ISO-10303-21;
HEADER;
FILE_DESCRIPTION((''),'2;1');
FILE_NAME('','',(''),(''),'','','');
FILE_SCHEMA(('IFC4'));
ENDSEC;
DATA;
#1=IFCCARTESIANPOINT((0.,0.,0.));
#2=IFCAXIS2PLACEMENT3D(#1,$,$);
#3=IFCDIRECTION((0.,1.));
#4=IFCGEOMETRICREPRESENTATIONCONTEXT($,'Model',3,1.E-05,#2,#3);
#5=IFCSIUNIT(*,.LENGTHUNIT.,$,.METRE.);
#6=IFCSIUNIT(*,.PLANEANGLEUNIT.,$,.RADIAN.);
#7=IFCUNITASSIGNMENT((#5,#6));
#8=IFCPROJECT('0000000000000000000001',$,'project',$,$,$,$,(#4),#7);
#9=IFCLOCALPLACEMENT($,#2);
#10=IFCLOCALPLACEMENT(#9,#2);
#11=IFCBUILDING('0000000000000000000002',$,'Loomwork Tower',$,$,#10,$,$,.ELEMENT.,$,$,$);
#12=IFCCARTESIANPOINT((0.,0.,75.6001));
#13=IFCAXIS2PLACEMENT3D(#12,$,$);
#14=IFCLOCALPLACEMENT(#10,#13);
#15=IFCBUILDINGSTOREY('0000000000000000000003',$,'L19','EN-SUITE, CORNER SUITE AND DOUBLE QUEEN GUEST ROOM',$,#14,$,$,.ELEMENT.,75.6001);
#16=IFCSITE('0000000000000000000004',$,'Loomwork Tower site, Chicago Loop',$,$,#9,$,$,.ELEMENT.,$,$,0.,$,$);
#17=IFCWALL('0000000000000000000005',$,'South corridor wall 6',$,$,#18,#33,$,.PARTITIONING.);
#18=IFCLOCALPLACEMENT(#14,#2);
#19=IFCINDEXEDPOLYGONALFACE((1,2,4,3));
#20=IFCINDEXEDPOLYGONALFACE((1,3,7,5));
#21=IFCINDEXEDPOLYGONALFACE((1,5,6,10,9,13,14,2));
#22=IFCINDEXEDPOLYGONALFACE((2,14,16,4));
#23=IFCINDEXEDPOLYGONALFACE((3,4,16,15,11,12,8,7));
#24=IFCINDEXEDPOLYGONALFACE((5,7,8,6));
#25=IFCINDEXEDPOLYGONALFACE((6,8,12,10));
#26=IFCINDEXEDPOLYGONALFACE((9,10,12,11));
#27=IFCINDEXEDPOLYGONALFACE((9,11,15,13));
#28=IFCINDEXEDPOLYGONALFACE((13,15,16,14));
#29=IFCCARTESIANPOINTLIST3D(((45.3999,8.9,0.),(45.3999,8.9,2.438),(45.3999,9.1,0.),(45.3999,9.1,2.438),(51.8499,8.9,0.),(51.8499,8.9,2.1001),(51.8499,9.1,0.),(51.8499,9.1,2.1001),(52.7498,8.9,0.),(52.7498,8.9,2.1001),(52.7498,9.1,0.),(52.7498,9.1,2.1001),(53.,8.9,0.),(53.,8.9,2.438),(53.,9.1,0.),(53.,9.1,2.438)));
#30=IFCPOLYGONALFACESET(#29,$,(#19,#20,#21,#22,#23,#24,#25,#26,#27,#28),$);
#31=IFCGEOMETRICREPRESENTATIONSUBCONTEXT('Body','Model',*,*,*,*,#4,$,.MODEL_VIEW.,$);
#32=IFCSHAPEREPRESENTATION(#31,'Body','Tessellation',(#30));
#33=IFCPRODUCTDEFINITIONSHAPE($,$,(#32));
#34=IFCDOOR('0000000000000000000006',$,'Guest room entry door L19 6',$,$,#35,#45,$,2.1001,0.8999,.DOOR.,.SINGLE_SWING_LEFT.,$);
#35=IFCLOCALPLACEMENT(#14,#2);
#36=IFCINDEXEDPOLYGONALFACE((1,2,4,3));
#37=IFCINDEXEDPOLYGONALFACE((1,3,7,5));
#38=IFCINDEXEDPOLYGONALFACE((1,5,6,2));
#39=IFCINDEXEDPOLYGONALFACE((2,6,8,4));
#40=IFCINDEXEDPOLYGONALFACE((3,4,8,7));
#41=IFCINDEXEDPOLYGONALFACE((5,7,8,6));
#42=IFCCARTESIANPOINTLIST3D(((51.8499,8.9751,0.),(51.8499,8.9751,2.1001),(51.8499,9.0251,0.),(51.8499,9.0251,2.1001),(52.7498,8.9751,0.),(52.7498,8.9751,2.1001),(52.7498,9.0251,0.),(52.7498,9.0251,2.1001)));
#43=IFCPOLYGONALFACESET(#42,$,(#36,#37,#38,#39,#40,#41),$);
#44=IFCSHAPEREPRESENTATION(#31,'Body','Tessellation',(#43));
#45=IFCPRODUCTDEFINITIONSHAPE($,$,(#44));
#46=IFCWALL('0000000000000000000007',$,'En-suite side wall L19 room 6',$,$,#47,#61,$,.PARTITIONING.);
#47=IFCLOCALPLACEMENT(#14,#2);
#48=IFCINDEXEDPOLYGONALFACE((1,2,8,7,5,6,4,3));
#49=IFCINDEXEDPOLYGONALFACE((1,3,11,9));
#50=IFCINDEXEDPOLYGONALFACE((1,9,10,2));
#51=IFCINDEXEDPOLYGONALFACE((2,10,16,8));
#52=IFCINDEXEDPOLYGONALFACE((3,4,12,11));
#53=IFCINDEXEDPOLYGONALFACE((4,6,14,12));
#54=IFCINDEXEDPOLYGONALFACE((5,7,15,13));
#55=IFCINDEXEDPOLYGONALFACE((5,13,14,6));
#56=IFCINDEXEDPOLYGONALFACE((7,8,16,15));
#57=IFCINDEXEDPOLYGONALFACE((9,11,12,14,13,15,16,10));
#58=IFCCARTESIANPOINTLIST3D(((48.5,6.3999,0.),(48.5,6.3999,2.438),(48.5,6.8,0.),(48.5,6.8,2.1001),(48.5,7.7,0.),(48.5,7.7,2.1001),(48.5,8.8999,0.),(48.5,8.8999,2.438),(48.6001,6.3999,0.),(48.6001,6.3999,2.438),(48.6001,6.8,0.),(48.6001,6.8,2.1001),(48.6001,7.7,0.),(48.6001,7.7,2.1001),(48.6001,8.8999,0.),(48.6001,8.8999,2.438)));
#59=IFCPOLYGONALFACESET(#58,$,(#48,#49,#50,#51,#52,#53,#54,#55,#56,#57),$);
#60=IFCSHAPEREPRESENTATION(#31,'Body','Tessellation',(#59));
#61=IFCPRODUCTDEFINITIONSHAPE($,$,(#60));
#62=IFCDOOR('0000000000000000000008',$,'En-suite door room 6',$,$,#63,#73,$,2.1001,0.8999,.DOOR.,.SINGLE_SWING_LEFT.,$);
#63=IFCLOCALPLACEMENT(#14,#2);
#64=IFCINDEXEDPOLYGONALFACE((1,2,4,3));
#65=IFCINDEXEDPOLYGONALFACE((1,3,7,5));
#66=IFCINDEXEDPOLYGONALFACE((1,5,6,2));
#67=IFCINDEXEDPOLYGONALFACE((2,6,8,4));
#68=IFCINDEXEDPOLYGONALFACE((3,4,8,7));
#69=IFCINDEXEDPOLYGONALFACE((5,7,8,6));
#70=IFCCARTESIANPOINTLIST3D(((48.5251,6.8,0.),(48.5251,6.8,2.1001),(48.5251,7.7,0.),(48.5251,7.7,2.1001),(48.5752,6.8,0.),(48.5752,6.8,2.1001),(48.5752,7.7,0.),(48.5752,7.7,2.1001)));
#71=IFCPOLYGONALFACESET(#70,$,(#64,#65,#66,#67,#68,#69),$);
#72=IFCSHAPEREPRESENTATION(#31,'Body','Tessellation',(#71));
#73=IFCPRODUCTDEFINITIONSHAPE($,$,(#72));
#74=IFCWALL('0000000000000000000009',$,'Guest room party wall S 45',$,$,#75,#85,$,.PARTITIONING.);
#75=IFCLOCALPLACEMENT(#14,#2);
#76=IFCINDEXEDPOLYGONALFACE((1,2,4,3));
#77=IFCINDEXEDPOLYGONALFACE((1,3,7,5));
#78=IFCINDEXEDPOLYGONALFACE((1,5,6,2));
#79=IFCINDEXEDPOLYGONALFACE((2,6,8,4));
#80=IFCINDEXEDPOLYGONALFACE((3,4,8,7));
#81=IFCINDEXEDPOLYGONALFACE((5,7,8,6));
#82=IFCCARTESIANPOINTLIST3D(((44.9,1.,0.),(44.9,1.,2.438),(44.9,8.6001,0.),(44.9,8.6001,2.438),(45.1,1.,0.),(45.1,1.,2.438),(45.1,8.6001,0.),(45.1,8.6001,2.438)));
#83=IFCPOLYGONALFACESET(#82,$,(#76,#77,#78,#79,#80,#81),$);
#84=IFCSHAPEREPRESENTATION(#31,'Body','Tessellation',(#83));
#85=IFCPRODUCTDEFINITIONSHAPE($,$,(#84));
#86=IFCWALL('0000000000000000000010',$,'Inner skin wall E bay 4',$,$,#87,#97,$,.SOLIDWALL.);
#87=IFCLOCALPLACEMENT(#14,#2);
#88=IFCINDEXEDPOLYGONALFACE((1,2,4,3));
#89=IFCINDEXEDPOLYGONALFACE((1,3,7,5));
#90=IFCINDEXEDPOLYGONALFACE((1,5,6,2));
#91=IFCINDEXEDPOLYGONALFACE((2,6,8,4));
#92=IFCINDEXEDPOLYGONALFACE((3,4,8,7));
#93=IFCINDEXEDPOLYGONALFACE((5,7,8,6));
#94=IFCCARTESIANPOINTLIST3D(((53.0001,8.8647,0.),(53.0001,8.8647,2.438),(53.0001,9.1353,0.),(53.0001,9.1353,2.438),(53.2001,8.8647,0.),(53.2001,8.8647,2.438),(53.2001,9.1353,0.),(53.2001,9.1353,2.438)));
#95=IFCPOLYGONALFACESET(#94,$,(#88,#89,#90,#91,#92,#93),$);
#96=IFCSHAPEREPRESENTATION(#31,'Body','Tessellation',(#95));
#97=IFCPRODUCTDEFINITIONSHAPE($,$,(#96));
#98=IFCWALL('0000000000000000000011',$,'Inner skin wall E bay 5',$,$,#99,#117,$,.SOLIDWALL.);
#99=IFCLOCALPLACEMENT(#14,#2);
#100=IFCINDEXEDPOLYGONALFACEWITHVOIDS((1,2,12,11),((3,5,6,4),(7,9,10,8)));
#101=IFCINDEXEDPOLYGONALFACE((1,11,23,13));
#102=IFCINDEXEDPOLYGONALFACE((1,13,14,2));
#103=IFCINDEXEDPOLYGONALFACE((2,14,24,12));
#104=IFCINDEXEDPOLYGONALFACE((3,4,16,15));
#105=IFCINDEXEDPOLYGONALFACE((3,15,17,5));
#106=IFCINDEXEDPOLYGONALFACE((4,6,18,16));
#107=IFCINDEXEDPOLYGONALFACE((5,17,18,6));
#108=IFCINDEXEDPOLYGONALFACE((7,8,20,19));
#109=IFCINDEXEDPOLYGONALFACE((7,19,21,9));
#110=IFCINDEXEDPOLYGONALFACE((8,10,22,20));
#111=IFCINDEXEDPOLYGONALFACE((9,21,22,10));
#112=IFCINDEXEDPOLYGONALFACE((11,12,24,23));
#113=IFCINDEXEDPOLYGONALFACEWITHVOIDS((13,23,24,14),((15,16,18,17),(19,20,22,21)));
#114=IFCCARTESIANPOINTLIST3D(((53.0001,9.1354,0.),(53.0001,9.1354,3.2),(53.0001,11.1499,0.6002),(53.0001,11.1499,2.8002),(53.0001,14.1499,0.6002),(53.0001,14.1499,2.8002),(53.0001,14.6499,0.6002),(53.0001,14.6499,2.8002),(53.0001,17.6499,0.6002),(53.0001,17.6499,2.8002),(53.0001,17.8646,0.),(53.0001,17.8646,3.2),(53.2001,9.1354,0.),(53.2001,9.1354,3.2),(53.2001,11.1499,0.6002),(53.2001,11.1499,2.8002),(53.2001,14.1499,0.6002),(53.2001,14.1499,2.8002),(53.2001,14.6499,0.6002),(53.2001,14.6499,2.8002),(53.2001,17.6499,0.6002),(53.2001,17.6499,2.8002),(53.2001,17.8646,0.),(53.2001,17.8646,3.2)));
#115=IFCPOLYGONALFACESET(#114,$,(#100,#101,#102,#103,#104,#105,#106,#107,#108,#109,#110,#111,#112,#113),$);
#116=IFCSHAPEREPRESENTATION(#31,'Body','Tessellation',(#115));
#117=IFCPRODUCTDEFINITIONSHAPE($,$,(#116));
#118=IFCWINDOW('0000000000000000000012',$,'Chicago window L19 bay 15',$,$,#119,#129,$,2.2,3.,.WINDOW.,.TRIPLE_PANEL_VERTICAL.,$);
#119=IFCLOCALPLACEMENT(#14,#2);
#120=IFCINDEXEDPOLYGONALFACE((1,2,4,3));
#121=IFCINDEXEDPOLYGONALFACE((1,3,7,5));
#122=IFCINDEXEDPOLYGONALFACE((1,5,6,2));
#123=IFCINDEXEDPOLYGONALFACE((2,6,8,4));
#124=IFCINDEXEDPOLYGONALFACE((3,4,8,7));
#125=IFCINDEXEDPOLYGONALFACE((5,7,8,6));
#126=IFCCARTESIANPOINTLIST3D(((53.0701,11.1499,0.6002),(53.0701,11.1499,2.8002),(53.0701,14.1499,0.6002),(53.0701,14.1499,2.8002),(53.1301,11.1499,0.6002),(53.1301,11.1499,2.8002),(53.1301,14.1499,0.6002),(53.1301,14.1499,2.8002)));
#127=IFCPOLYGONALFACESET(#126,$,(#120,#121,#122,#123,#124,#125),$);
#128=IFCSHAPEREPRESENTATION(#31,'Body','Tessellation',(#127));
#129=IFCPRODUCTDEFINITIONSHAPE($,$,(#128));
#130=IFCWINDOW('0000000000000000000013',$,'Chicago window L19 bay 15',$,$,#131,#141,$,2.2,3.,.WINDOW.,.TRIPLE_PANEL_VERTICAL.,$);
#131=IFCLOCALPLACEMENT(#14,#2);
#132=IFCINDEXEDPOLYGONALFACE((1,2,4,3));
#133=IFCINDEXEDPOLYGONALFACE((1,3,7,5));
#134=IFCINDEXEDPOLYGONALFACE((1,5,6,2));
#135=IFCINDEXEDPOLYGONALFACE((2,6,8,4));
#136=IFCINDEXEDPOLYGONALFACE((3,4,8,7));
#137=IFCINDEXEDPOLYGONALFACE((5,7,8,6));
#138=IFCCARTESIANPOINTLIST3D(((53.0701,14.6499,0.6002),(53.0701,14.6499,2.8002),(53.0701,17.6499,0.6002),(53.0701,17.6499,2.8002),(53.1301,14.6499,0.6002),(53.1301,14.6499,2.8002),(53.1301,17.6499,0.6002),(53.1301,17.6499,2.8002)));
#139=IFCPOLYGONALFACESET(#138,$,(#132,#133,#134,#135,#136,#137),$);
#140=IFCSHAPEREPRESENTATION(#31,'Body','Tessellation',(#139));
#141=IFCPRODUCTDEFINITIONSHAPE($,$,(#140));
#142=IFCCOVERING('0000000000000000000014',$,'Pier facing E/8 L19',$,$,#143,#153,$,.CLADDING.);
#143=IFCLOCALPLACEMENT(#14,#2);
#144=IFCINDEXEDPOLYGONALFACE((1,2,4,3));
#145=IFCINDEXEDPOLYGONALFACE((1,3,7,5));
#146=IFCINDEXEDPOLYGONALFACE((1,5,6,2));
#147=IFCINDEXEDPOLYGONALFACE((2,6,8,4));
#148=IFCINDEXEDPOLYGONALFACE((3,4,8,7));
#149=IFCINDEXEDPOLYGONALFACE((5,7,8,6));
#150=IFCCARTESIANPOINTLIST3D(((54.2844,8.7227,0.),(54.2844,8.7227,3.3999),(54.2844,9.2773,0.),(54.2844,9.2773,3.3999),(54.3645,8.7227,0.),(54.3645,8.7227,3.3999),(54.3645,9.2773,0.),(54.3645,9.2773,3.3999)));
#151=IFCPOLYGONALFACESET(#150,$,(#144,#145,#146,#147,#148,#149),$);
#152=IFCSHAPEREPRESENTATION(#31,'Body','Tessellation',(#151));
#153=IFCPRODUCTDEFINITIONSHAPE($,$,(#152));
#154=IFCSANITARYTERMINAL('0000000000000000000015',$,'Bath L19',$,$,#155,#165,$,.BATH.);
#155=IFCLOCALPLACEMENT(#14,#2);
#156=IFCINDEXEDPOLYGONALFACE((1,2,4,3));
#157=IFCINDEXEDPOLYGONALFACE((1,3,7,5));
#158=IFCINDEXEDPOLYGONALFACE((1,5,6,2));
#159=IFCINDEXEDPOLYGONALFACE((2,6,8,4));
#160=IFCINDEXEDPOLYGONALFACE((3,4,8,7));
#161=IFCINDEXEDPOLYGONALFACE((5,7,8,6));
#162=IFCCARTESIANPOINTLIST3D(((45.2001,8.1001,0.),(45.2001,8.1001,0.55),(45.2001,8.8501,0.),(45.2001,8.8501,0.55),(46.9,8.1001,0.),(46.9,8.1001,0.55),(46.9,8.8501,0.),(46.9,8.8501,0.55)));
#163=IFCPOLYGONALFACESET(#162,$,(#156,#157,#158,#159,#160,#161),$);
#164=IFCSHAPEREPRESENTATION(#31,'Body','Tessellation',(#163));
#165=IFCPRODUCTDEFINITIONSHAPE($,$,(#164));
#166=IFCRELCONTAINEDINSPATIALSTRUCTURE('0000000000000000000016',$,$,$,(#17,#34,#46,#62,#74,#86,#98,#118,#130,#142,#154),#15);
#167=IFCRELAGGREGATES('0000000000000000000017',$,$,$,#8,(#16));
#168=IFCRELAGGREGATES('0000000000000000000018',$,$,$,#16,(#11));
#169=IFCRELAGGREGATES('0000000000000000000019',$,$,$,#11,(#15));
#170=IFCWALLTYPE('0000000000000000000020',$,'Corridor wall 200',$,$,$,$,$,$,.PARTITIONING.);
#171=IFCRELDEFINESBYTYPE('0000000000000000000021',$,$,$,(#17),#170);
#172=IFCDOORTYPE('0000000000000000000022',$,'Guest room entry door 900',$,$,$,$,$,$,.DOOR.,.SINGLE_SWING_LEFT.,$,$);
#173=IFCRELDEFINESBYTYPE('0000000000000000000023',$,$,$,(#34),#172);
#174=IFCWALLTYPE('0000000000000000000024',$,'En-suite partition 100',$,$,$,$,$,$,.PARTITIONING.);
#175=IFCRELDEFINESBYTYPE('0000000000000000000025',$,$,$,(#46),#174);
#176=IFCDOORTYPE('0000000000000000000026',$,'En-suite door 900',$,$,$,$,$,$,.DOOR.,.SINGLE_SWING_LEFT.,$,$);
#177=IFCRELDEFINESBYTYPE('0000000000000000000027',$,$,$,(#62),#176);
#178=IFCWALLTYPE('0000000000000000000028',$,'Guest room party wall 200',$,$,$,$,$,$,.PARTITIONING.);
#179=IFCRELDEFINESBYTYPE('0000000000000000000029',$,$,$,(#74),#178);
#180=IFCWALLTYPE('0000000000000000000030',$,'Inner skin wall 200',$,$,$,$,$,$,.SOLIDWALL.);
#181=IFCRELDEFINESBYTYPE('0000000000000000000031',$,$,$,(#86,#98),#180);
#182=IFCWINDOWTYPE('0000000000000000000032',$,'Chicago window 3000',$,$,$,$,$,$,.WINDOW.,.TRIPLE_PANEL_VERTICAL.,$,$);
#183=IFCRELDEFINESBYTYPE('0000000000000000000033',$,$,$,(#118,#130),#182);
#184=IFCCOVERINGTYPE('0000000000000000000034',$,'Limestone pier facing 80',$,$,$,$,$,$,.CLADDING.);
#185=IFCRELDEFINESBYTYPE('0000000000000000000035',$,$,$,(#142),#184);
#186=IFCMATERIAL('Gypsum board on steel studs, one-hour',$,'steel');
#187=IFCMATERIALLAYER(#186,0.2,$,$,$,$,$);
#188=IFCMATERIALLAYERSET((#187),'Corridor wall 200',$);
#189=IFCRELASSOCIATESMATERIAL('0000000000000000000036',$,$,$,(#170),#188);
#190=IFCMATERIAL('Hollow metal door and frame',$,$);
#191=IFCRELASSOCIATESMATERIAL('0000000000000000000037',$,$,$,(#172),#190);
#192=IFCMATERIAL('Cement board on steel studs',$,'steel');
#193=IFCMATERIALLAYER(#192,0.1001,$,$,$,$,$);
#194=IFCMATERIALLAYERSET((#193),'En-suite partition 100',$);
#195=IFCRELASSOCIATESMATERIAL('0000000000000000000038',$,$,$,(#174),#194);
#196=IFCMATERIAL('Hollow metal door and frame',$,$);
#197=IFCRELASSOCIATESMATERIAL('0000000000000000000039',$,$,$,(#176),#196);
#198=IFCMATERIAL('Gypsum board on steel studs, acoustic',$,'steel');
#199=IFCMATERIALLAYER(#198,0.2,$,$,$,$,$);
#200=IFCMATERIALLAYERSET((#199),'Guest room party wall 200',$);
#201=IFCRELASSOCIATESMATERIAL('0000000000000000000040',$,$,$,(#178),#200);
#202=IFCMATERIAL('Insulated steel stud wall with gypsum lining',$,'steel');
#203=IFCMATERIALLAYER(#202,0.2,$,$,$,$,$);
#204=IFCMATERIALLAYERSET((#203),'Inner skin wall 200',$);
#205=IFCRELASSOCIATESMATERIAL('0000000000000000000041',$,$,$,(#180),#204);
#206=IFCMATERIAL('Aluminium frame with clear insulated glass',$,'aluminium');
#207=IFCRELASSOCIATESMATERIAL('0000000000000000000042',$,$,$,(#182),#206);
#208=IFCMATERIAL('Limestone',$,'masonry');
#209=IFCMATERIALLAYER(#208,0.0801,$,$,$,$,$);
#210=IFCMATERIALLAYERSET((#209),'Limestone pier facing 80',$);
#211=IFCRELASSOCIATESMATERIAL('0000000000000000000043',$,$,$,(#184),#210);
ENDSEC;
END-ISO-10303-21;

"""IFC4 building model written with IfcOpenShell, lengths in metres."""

from ifc_helpers import new_model, si_unit, direction, frame, frame_2d, origin, origin_2d, place, context, subcontext, project, spatial, rectangle, extrude, material, layer, layer_set, type_object, element, fill, save


model = new_model("IFC4")

# Units and contexts
model_context = context("Model", 3, precision=1e-05, world=origin(), true_north=direction((0.0, 1.0)))
body_context = subcontext(model_context, "Body", "Model", "MODEL_VIEW")
ifc_project = project(units=[si_unit("LENGTHUNIT", "METRE"), si_unit("PLANEANGLEUNIT", "RADIAN")], contexts=[model_context])

# Site, building, storey
site_placement = place(None, origin())
site = spatial("IfcSite", under=ifc_project, at=site_placement, Name="Loomwork Tower site, Chicago Loop", CompositionType="ELEMENT", RefElevation=0.0)
building_placement = place(site_placement, origin())
building = spatial("IfcBuilding", under=site, at=building_placement, Name="Loomwork Tower", CompositionType="ELEMENT")
storey_placement = place(building_placement, frame((0.0, 0.0, 75.6001)))
storey = spatial("IfcBuildingStorey", under=building, at=storey_placement, Name="L19", Description="EN-SUITE, CORNER SUITE AND DOUBLE QUEEN GUEST ROOM", CompositionType="ELEMENT", Elevation=75.6001)

# Walls, openings, doors
ifc_material_1 = material(Name="Gypsum board on steel studs, one-hour", Category="steel")
ifc_layer_1 = layer(ifc_material_1, 0.2)
ifc_layer_set_1 = layer_set([ifc_layer_1], Name="Corridor wall 200")
wall_type_1 = type_object("IfcWallType", Name="Corridor wall 200", PredefinedType="PARTITIONING", material=ifc_layer_set_1)
wall_1_placement = place(storey_placement, frame((45.3999, 9.0, 0.0), z_axis=(0.0, 0.0, 1.0), x_axis=(1.0, 0.0, 0.0)))
wall_1 = element("IfcWall", 1, at=wall_1_placement, inside=storey, type_object=wall_type_1, Name="South corridor wall 6", PredefinedType="PARTITIONING", context=body_context, shape_type="SweptSolid", body=[
    extrude(rectangle(XDim=7.6001, YDim=0.2, at=frame_2d((3.8, 0.0))), origin(), (0.0, 0.0, 1.0), 2.438),
])
opening_1_placement = place(wall_1_placement, frame((6.45, 0.0, 0.0)))
opening_1 = element("IfcOpeningElement", 2, at=opening_1_placement, cuts=wall_1, PredefinedType="OPENING", context=body_context, shape_type="SweptSolid", body=[
    extrude(rectangle(XDim=0.8999, YDim=2.1001, at=frame_2d((0.45, 1.05))), frame((0.0, 0.1099, 0.0), z_axis=(0.0, -1.0, 0.0), x_axis=(1.0, 0.0, 0.0)), (0.0, 0.0, 1.0), 0.22),
])
ifc_material_2 = material(Name="Hollow metal door and frame")
door_type_1 = type_object("IfcDoorType", Name="Guest room entry door 900", OperationType="SINGLE_SWING_LEFT", PredefinedType="DOOR", material=ifc_material_2)
door_1_placement = place(opening_1_placement, frame((0.8999, 0.0, 0.0), z_axis=(0.0, 0.0, 1.0), x_axis=(-1.0, 0.0, 0.0)))
door_1 = element("IfcDoor", 3, at=door_1_placement, inside=storey, type_object=door_type_1, Name="Guest room entry door L19 6", OperationType="SINGLE_SWING_LEFT", OverallHeight=2.1001, OverallWidth=0.8999, PredefinedType="DOOR", context=body_context, shape_type="SweptSolid", body=[
    extrude(rectangle(XDim=0.8999, YDim=2.1001, at=frame_2d((0.45, 1.05))), frame((0.0, 0.0249, 0.0), z_axis=(0.0, -1.0, 0.0), x_axis=(1.0, 0.0, 0.0)), (0.0, 0.0, 1.0), 0.05),
])
fill(opening_1, door_1)
ifc_material_3 = material(Name="Cement board on steel studs", Category="steel")
ifc_layer_2 = layer(ifc_material_3, 0.1001)
ifc_layer_set_2 = layer_set([ifc_layer_2], Name="En-suite partition 100")
wall_type_2 = type_object("IfcWallType", Name="En-suite partition 100", PredefinedType="PARTITIONING", material=ifc_layer_set_2)
wall_2_placement = place(storey_placement, frame((48.55, 8.8999, 0.0), z_axis=(0.0, 0.0, 1.0), x_axis=(0.0, -1.0, 0.0)))
wall_2 = element("IfcWall", 4, at=wall_2_placement, inside=storey, type_object=wall_type_2, Name="En-suite side wall L19 room 6", PredefinedType="PARTITIONING", context=body_context, shape_type="SweptSolid", body=[
    extrude(rectangle(XDim=2.5, YDim=0.1001, at=frame_2d((1.25, 0.0))), origin(), (0.0, 0.0, 1.0), 2.438),
])
opening_2_placement = place(wall_2_placement, frame((1.2, 0.0, 0.0)))
opening_2 = element("IfcOpeningElement", 5, at=opening_2_placement, cuts=wall_2, PredefinedType="OPENING", context=body_context, shape_type="SweptSolid", body=[
    extrude(rectangle(XDim=0.8999, YDim=2.1001, at=frame_2d((0.45, 1.05))), frame((0.0, 0.0601, 0.0), z_axis=(0.0, -1.0, 0.0), x_axis=(1.0, 0.0, 0.0)), (0.0, 0.0, 1.0), 0.1201),
])
ifc_material_4 = material(Name="Hollow metal door and frame")
door_type_2 = type_object("IfcDoorType", Name="En-suite door 900", OperationType="SINGLE_SWING_LEFT", PredefinedType="DOOR", material=ifc_material_4)
door_2_placement = place(opening_2_placement, frame((0.8999, 0.0, 0.0), z_axis=(0.0, 0.0, 1.0), x_axis=(-1.0, 0.0, 0.0)))
door_2 = element("IfcDoor", 6, at=door_2_placement, inside=storey, type_object=door_type_2, Name="En-suite door room 6", OperationType="SINGLE_SWING_LEFT", OverallHeight=2.1001, OverallWidth=0.8999, PredefinedType="DOOR", context=body_context, shape_type="SweptSolid", body=[
    extrude(rectangle(XDim=0.8999, YDim=2.1001, at=frame_2d((0.45, 1.05))), frame((0.0, 0.0249, 0.0), z_axis=(0.0, -1.0, 0.0), x_axis=(1.0, 0.0, 0.0)), (0.0, 0.0, 1.0), 0.05),
])
fill(opening_2, door_2)

# Walls
ifc_material_5 = material(Name="Gypsum board on steel studs, acoustic", Category="steel")
ifc_layer_3 = layer(ifc_material_5, 0.2)
ifc_layer_set_3 = layer_set([ifc_layer_3], Name="Guest room party wall 200")
wall_type_3 = type_object("IfcWallType", Name="Guest room party wall 200", PredefinedType="PARTITIONING", material=ifc_layer_set_3)
wall_3_placement = place(storey_placement, frame((45.0, 8.6001, 0.0), z_axis=(0.0, 0.0, 1.0), x_axis=(0.0, -1.0, 0.0)))
element("IfcWall", 7, at=wall_3_placement, inside=storey, type_object=wall_type_3, Name="Guest room party wall S 45", PredefinedType="PARTITIONING", context=body_context, shape_type="SweptSolid", body=[
    extrude(rectangle(XDim=7.6001, YDim=0.2, at=frame_2d((3.8, 0.0))), origin(), (0.0, 0.0, 1.0), 2.438),
])
ifc_material_6 = material(Name="Insulated steel stud wall with gypsum lining", Category="steel")
ifc_layer_4 = layer(ifc_material_6, 0.2)
ifc_layer_set_4 = layer_set([ifc_layer_4], Name="Inner skin wall 200")
wall_type_4 = type_object("IfcWallType", Name="Inner skin wall 200", PredefinedType="SOLIDWALL", material=ifc_layer_set_4)
wall_4_placement = place(storey_placement, frame((53.1001, 8.8647, 0.0), z_axis=(0.0, 0.0, 1.0), x_axis=(0.0, 1.0, 0.0)))
element("IfcWall", 8, at=wall_4_placement, inside=storey, type_object=wall_type_4, Name="Inner skin wall E bay 4", PredefinedType="SOLIDWALL", context=body_context, shape_type="SweptSolid", body=[
    extrude(rectangle(XDim=0.2705, YDim=0.2, at=frame_2d((0.1353, 0.0))), origin(), (0.0, 0.0, 1.0), 2.438),
])

# Wall, openings, windows
wall_5_placement = place(storey_placement, frame((53.1001, 9.1353, 0.0), z_axis=(0.0, 0.0, 1.0), x_axis=(0.0, 1.0, 0.0)))
wall_5 = element("IfcWall", 9, at=wall_5_placement, inside=storey, type_object=wall_type_4, Name="Inner skin wall E bay 5", PredefinedType="SOLIDWALL", context=body_context, shape_type="SweptSolid", body=[
    extrude(rectangle(XDim=8.7292, YDim=0.2, at=frame_2d((4.3647, 0.0))), origin(), (0.0, 0.0, 1.0), 3.2),
])
opening_3_placement = place(wall_5_placement, frame((2.0146, 0.0, 0.6001)))
opening_3 = element("IfcOpeningElement", 10, at=opening_3_placement, cuts=wall_5, PredefinedType="OPENING", context=body_context, shape_type="SweptSolid", body=[
    extrude(rectangle(XDim=3.0, YDim=2.2, at=frame_2d((1.5, 1.1001))), frame((0.0, 0.1099, 0.0), z_axis=(0.0, -1.0, 0.0), x_axis=(1.0, 0.0, 0.0)), (0.0, 0.0, 1.0), 0.22),
])
opening_4_placement = place(wall_5_placement, frame((5.5146, 0.0, 0.6001)))
opening_4 = element("IfcOpeningElement", 11, at=opening_4_placement, cuts=wall_5, PredefinedType="OPENING", context=body_context, shape_type="SweptSolid", body=[
    extrude(rectangle(XDim=3.0, YDim=2.2, at=frame_2d((1.5, 1.1001))), frame((0.0, 0.1099, 0.0), z_axis=(0.0, -1.0, 0.0), x_axis=(1.0, 0.0, 0.0)), (0.0, 0.0, 1.0), 0.22),
])
ifc_material_7 = material(Name="Aluminium frame with clear insulated glass", Category="aluminium")
window_type = type_object("IfcWindowType", Name="Chicago window 3000", PartitioningType="TRIPLE_PANEL_VERTICAL", PredefinedType="WINDOW", material=ifc_material_7)
window_1_placement = place(opening_3_placement, origin())
window_1 = element("IfcWindow", 12, at=window_1_placement, inside=storey, type_object=window_type, Name="Chicago window L19 bay 15", OverallHeight=2.2, OverallWidth=3.0, PartitioningType="TRIPLE_PANEL_VERTICAL", PredefinedType="WINDOW", context=body_context, shape_type="SweptSolid", body=[
    extrude(rectangle(XDim=3.0, YDim=2.2, at=frame_2d((1.5, 1.1001))), frame((0.0, 0.03, 0.0), z_axis=(0.0, -1.0, 0.0), x_axis=(1.0, 0.0, 0.0)), (0.0, 0.0, 1.0), 0.0601),
])
fill(opening_3, window_1)
window_2_placement = place(opening_4_placement, origin())
window_2 = element("IfcWindow", 13, at=window_2_placement, inside=storey, type_object=window_type, Name="Chicago window L19 bay 15", OverallHeight=2.2, OverallWidth=3.0, PartitioningType="TRIPLE_PANEL_VERTICAL", PredefinedType="WINDOW", context=body_context, shape_type="SweptSolid", body=[
    extrude(rectangle(XDim=3.0, YDim=2.2, at=frame_2d((1.5, 1.1001))), frame((0.0, 0.03, 0.0), z_axis=(0.0, -1.0, 0.0), x_axis=(1.0, 0.0, 0.0)), (0.0, 0.0, 1.0), 0.0601),
])
fill(opening_4, window_2)

# Covering
ifc_material_8 = material(Name="Limestone", Category="masonry")
ifc_layer_5 = layer(ifc_material_8, 0.0801)
ifc_layer_set_5 = layer_set([ifc_layer_5], Name="Limestone pier facing 80")
covering_type = type_object("IfcCoveringType", Name="Limestone pier facing 80", PredefinedType="CLADDING", material=ifc_layer_set_5)
covering_placement = place(storey_placement, frame((54.3245, 9.0, 0.0), z_axis=(0.0, 0.0, 1.0), x_axis=(1.0, 0.0, 0.0)))
element("IfcCovering", 14, at=covering_placement, inside=storey, type_object=covering_type, Name="Pier facing E/8 L19", PredefinedType="CLADDING", context=body_context, shape_type="SweptSolid", body=[
    extrude(rectangle(XDim=0.0801, YDim=0.5547, at=origin_2d()), origin(), (0.0, 0.0, 1.0), 3.3999),
])

# Sanitary terminal
sanitary_terminal_1_placement = place(storey_placement, frame((46.05, 8.4751, 0.0), z_axis=(0.0, 0.0, 1.0), x_axis=(1.0, 0.0, 0.0)))
element("IfcSanitaryTerminal", 15, at=sanitary_terminal_1_placement, inside=storey, Name="Bath L19", PredefinedType="BATH", context=body_context, shape_type="SweptSolid", body=[
    extrude(rectangle(XDim=1.7, YDim=0.75, at=origin_2d()), origin(), (0.0, 0.0, 1.0), 0.55),
])

save(model, "model.ifc")
